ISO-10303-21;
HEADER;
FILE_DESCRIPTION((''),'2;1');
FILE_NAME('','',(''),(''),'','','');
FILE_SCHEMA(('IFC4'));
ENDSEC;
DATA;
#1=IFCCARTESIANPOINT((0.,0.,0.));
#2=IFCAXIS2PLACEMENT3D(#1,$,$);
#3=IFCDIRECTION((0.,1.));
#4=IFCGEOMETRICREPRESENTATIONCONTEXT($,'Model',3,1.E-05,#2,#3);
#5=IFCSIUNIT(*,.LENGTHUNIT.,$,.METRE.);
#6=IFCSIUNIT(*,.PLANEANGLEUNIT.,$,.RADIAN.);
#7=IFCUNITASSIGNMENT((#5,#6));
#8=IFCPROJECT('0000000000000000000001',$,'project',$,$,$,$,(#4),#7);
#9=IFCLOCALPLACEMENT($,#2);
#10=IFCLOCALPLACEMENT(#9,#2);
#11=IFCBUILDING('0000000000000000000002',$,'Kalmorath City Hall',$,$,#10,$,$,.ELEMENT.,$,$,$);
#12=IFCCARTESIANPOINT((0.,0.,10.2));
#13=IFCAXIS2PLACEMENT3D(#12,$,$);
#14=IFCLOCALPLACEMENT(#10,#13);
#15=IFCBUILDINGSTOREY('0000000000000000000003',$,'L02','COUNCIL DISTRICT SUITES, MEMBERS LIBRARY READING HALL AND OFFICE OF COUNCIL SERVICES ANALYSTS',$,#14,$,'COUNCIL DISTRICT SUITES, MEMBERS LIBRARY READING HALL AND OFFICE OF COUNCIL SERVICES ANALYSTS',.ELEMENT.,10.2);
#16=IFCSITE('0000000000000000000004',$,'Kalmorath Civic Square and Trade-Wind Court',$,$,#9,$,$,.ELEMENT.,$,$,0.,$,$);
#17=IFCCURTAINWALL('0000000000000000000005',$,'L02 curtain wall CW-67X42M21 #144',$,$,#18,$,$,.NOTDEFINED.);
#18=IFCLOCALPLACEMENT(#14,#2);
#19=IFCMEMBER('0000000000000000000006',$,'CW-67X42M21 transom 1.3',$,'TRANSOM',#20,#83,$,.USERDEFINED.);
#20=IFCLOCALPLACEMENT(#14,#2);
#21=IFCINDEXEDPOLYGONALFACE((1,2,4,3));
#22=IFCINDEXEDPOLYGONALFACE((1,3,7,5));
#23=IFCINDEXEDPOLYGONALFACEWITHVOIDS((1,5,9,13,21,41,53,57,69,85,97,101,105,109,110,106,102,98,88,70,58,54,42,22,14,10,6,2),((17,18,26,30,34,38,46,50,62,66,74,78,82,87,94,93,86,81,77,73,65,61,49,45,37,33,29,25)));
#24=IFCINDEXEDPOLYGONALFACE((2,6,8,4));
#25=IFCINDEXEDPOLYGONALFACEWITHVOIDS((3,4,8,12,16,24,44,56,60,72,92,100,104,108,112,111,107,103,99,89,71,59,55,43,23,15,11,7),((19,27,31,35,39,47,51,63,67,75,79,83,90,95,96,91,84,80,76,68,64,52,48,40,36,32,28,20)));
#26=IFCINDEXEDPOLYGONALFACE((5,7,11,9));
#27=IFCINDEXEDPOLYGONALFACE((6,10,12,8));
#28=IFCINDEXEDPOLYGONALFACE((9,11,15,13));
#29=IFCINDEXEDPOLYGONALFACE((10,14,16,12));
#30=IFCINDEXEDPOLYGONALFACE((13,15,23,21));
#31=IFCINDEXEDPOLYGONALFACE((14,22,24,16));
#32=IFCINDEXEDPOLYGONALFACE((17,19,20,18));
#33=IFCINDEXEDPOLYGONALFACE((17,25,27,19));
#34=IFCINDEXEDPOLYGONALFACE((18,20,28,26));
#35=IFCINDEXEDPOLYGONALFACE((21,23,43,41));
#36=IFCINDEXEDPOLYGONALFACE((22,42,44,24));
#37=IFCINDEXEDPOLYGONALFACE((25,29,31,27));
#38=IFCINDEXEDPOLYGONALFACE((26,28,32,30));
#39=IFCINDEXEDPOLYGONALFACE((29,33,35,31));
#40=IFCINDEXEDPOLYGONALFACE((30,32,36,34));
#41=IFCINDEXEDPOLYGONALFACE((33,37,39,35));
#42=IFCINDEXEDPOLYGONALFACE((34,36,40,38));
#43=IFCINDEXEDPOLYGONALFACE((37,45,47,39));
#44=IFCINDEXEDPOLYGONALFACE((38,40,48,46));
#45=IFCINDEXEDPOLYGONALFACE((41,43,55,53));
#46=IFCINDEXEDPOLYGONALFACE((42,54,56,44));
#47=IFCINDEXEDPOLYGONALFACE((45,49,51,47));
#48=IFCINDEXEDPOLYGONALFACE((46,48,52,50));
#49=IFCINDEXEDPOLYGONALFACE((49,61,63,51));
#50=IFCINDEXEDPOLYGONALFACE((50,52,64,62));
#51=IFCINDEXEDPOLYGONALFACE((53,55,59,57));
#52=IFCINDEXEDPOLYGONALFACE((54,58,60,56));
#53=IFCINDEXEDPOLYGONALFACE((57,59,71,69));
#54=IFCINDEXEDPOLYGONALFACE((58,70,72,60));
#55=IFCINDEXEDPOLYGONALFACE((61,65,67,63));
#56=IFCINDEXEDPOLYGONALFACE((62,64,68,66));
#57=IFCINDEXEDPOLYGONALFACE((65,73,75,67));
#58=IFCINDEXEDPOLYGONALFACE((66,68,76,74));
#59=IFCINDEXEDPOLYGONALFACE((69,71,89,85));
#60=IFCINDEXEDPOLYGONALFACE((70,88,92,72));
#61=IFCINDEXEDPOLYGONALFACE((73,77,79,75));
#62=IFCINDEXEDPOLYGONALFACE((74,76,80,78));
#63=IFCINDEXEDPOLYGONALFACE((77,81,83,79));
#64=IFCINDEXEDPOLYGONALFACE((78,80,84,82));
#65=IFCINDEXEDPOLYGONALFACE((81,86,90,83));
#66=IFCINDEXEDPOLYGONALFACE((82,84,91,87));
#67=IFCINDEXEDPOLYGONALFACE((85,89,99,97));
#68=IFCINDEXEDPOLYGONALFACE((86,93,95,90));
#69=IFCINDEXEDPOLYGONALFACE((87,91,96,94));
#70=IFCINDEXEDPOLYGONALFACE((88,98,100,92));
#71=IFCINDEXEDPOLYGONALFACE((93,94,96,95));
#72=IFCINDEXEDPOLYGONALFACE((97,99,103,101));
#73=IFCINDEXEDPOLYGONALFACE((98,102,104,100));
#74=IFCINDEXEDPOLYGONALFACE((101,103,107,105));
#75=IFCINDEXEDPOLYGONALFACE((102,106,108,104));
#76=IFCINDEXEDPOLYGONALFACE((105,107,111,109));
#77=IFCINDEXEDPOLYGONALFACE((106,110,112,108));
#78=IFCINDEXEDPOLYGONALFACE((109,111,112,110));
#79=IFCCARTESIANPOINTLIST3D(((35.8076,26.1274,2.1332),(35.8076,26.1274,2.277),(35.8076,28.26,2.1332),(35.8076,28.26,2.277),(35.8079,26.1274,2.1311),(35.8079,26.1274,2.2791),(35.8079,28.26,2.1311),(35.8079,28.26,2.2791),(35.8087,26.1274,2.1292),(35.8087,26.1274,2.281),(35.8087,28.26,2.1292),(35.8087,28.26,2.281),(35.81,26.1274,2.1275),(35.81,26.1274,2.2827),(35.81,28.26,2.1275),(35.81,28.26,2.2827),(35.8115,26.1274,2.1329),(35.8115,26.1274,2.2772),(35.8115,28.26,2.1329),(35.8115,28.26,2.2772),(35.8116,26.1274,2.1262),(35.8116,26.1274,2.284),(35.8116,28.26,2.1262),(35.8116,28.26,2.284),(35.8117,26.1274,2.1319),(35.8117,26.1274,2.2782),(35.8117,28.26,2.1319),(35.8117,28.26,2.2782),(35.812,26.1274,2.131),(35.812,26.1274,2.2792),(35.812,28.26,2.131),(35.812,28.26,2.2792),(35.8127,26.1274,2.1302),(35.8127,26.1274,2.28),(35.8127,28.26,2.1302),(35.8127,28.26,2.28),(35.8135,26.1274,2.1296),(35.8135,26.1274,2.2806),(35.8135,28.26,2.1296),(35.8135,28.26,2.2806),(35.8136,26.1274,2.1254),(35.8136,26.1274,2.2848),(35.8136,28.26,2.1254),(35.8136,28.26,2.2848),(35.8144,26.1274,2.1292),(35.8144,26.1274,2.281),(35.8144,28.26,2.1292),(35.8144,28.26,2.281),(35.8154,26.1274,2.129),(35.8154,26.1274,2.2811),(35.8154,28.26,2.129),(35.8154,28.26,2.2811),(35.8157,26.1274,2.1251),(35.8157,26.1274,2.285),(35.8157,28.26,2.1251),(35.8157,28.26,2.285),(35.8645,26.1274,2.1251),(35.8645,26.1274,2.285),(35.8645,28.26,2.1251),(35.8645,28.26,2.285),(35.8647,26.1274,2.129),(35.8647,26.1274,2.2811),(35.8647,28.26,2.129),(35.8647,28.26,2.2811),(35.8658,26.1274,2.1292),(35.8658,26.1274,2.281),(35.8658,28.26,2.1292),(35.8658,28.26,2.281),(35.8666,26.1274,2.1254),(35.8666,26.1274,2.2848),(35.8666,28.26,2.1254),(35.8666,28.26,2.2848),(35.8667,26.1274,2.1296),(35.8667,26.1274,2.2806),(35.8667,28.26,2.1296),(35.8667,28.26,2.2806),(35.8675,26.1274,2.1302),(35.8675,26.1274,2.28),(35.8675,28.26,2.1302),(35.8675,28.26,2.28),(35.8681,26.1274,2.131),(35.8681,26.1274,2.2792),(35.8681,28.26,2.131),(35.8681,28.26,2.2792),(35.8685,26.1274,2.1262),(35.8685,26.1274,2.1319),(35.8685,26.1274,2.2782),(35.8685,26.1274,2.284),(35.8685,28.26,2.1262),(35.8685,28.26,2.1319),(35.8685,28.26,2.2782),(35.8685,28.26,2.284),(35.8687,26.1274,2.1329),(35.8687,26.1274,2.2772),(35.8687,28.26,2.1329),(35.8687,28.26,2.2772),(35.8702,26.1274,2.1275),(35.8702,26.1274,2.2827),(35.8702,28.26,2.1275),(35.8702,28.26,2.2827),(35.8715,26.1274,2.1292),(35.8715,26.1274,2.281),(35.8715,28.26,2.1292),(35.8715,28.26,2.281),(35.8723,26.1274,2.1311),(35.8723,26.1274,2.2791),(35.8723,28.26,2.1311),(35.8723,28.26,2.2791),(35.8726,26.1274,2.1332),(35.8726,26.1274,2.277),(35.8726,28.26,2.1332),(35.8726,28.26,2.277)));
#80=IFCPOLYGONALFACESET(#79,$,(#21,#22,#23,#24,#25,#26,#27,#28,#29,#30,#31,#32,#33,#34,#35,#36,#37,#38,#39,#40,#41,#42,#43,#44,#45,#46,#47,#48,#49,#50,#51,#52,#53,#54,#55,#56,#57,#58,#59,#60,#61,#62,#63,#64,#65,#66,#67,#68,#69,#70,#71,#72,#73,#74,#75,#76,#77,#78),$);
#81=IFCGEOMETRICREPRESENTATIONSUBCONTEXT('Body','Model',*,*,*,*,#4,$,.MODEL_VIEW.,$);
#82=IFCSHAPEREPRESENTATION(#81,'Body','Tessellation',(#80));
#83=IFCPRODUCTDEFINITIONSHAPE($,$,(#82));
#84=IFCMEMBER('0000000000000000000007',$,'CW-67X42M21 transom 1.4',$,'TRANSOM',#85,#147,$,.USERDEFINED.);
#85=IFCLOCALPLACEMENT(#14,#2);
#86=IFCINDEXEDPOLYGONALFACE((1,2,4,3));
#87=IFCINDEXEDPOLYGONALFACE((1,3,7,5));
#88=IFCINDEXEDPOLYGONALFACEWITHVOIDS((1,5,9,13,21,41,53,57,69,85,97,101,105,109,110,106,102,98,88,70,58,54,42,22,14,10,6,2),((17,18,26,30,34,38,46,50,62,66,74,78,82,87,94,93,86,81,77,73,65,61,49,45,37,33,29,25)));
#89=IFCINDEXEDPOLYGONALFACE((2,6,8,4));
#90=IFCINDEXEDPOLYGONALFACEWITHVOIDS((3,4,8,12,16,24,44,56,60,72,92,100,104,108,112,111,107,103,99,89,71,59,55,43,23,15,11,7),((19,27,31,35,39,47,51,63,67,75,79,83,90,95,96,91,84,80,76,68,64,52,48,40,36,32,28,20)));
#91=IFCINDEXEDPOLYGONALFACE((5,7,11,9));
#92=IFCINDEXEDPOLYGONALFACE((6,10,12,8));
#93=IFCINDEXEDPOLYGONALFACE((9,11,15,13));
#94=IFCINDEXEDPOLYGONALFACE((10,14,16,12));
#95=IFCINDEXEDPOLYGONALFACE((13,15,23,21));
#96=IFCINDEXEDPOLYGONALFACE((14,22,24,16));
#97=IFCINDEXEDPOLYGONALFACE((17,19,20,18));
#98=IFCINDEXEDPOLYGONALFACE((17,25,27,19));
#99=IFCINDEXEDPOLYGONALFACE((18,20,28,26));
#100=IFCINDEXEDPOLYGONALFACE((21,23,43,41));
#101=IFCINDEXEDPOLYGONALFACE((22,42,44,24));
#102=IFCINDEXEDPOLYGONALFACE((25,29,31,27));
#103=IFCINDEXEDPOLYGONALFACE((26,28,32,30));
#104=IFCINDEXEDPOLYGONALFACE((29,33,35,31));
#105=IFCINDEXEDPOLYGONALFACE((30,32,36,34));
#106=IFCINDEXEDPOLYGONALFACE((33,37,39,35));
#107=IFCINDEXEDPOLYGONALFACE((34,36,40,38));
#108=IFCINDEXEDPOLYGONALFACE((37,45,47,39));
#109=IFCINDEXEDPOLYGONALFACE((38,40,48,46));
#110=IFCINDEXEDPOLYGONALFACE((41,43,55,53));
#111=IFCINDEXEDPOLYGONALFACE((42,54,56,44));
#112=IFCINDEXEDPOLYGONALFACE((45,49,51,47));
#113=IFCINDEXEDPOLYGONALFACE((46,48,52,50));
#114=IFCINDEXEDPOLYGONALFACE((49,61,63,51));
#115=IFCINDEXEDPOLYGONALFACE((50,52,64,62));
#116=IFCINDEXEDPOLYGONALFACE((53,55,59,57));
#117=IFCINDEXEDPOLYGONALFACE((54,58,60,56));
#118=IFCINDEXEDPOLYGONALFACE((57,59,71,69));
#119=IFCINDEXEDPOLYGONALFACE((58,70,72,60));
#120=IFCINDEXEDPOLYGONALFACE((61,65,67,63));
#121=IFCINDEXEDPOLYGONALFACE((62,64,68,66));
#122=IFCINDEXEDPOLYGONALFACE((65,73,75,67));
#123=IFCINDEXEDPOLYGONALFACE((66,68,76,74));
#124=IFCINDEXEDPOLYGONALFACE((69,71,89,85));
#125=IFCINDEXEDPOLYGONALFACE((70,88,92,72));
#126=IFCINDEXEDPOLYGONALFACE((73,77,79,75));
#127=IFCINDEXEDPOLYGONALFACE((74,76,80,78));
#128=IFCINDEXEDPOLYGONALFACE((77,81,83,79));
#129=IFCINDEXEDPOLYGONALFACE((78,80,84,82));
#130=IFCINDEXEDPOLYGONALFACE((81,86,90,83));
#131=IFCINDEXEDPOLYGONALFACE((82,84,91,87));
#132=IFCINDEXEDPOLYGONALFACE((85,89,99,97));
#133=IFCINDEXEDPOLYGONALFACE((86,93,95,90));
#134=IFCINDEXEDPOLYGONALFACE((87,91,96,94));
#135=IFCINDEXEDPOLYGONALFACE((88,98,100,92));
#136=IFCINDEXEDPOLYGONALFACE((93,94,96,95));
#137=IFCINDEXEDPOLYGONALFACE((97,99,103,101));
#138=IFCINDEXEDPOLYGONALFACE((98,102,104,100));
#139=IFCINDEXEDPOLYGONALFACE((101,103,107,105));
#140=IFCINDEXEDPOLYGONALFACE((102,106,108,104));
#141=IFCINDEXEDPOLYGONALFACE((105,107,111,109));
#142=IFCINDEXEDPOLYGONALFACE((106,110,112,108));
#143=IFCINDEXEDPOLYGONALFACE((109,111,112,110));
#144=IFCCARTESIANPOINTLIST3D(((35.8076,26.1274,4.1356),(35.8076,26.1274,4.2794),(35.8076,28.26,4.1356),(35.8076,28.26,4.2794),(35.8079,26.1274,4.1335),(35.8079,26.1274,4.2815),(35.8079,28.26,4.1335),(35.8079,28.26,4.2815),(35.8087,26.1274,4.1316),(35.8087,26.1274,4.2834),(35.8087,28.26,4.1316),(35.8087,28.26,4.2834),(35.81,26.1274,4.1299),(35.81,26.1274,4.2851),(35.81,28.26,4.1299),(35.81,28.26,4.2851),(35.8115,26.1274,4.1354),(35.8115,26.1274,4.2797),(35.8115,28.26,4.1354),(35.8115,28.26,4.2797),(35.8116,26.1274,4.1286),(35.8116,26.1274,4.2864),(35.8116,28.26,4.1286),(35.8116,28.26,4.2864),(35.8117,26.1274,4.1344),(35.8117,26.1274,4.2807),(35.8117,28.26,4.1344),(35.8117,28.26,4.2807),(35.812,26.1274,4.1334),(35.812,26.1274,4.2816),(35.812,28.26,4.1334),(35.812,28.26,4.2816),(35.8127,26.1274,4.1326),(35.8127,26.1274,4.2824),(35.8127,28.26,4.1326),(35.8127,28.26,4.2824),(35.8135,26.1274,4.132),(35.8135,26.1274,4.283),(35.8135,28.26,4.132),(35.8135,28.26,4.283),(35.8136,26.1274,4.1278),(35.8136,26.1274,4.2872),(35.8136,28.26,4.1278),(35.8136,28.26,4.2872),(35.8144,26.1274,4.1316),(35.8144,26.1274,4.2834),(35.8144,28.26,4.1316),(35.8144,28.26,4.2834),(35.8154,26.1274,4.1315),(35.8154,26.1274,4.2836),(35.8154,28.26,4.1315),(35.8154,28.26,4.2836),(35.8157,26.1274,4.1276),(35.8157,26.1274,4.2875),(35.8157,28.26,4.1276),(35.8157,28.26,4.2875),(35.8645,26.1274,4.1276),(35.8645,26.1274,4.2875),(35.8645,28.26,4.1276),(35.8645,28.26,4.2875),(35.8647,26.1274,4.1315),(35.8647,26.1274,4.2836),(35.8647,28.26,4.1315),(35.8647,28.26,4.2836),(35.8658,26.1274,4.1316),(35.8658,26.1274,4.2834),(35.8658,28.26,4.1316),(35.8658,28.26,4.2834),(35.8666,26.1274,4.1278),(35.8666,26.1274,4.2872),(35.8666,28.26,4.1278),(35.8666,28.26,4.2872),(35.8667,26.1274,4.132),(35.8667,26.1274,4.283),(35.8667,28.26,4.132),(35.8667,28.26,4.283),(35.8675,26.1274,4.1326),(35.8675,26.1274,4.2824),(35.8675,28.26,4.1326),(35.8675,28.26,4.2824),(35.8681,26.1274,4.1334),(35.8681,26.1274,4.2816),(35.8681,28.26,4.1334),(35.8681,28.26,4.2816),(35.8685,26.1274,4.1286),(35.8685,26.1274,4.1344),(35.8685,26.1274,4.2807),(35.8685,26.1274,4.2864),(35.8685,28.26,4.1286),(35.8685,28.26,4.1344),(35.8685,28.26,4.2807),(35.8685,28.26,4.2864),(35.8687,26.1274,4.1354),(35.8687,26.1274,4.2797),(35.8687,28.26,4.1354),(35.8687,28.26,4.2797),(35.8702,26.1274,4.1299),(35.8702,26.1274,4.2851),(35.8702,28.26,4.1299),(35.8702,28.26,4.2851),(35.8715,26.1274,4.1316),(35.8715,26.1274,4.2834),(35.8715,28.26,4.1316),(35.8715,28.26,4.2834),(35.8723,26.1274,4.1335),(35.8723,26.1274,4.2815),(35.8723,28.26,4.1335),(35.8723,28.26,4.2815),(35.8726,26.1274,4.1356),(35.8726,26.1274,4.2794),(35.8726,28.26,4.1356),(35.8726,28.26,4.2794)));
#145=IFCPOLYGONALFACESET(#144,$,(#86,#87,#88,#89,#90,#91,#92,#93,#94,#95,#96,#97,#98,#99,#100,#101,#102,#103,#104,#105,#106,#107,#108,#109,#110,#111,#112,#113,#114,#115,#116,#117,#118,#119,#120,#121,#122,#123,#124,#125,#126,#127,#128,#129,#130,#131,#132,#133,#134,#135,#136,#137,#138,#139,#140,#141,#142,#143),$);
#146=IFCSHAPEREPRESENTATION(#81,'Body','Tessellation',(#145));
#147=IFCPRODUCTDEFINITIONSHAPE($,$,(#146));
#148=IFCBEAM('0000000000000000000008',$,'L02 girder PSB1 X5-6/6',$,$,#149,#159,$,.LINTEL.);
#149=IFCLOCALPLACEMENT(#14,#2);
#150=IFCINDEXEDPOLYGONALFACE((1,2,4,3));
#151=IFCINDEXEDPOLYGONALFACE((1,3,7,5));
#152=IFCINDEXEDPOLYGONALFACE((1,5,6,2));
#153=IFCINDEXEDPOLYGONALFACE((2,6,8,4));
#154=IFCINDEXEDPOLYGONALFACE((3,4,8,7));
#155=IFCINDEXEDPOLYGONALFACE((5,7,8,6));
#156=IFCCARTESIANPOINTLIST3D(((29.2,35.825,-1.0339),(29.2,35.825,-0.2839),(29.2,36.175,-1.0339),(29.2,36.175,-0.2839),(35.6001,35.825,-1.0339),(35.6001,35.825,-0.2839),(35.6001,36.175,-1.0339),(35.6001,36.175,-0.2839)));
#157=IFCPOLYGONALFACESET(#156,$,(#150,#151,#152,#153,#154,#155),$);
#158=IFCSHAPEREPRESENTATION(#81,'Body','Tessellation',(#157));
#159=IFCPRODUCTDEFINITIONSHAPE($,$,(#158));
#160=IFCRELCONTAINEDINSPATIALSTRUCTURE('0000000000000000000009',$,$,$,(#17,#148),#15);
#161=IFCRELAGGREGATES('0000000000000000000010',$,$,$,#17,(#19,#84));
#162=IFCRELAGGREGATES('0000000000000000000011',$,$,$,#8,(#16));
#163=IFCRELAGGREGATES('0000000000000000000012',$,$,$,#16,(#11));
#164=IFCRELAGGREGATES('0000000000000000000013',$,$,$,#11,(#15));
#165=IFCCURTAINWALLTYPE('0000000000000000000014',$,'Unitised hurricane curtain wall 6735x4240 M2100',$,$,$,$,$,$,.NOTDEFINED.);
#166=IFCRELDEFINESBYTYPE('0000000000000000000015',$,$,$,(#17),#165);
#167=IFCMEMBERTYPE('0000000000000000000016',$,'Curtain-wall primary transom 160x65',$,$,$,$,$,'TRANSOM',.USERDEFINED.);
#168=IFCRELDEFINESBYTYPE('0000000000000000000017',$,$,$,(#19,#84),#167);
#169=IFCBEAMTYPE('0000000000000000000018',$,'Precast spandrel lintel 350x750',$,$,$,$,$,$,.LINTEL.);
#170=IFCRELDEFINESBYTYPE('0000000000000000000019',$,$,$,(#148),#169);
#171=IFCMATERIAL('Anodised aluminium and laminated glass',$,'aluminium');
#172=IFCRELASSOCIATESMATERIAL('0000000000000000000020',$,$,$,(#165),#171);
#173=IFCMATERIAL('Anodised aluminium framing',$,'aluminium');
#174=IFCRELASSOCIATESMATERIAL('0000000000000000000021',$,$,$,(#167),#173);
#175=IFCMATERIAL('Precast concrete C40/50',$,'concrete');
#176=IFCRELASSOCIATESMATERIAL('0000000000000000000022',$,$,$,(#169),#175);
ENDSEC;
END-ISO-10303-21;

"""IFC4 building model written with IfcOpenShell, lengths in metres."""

from ifc_helpers import new_model, si_unit, direction, frame, origin, origin_2d, place, context, subcontext, project, spatial, rectangle, hollow_rectangle, extrude, material, material_profile, profile_set, type_object, element, aggregate, save


model = new_model("IFC4")

# Units and contexts
model_context = context("Model", 3, precision=1e-05, world=origin(), true_north=direction((0.0, 1.0)))
body_context = subcontext(model_context, "Body", "Model", "MODEL_VIEW")
ifc_project = project(units=[si_unit("LENGTHUNIT", "METRE"), si_unit("PLANEANGLEUNIT", "RADIAN")], contexts=[model_context])

# Site, building, storey
site_placement = place(None, origin())
site = spatial("IfcSite", under=ifc_project, at=site_placement, Name="Kalmorath Civic Square and Trade-Wind Court", CompositionType="ELEMENT", RefElevation=0.0)
building_placement = place(site_placement, origin())
building = spatial("IfcBuilding", under=site, at=building_placement, Name="Kalmorath City Hall", CompositionType="ELEMENT")
storey_placement = place(building_placement, frame((0.0, 0.0, 10.2)))
storey = spatial("IfcBuildingStorey", under=building, at=storey_placement, Name="L02", Description="COUNCIL DISTRICT SUITES, MEMBERS LIBRARY READING HALL AND OFFICE OF COUNCIL SERVICES ANALYSTS", LongName="COUNCIL DISTRICT SUITES, MEMBERS LIBRARY READING HALL AND OFFICE OF COUNCIL SERVICES ANALYSTS", CompositionType="ELEMENT", Elevation=10.2)

# Curtain wall, members
ifc_material_1 = material(Name="Anodised aluminium and laminated glass", Category="aluminium")
curtain_wall_type = type_object("IfcCurtainWallType", Name="Unitised hurricane curtain wall 6735x4240 M2100", PredefinedType="NOTDEFINED", material=ifc_material_1)
curtain_wall_placement = place(storey_placement, origin())
curtain_wall = element("IfcCurtainWall", 1, at=curtain_wall_placement, inside=storey, type_object=curtain_wall_type, Name="L02 curtain wall CW-67X42M21 #144", PredefinedType="NOTDEFINED")
ifc_material_2 = material(Name="Anodised aluminium framing", Category="aluminium")
ifc_material_profile_1 = material_profile(ifc_material_2, hollow_rectangle(XDim=0.0649, YDim=0.1599, WallThickness=0.0039, InnerFilletRadius=0.0039, OuterFilletRadius=0.0081, at=origin_2d()), Name="ALU-TRN-160X65X4")
ifc_profile_set_1 = profile_set([ifc_material_profile_1], Name="Anodised aluminium framing")
member_type = type_object("IfcMemberType", Name="Curtain-wall primary transom 160x65", ElementType="TRANSOM", PredefinedType="USERDEFINED", material=ifc_profile_set_1)
member_1_placement = place(storey_placement, frame((35.8401, 28.26, 2.2051), z_axis=(0.0, -1.0, 0.0), x_axis=(1.0, 0.0, 0.0)))
member_1 = element("IfcMember", 2, at=member_1_placement, type_object=member_type, Name="CW-67X42M21 transom 1.3", ObjectType="TRANSOM", PredefinedType="USERDEFINED", context=body_context, shape_type="SweptSolid", body=[
    extrude(hollow_rectangle(XDim=0.0649, YDim=0.1599, WallThickness=0.0039, InnerFilletRadius=0.0039, OuterFilletRadius=0.0081, at=origin_2d()), origin(), (0.0, 0.0, 1.0), 2.1326),
])
member_2_placement = place(storey_placement, frame((35.8401, 28.26, 4.2075), z_axis=(0.0, -1.0, 0.0), x_axis=(1.0, 0.0, 0.0)))
member_2 = element("IfcMember", 3, at=member_2_placement, type_object=member_type, Name="CW-67X42M21 transom 1.4", ObjectType="TRANSOM", PredefinedType="USERDEFINED", context=body_context, shape_type="SweptSolid", body=[
    extrude(hollow_rectangle(XDim=0.0649, YDim=0.1599, WallThickness=0.0039, InnerFilletRadius=0.0039, OuterFilletRadius=0.0081, at=origin_2d()), origin(), (0.0, 0.0, 1.0), 2.1326),
])

# Beam
ifc_material_3 = material(Name="Precast concrete C40/50", Category="concrete")
ifc_material_profile_2 = material_profile(ifc_material_3, rectangle(XDim=0.3501, YDim=0.75, at=origin_2d()), Name="PC-SP-350X750")
ifc_profile_set_2 = profile_set([ifc_material_profile_2], Name="Precast concrete C40/50")
beam_type_1 = type_object("IfcBeamType", Name="Precast spandrel lintel 350x750", PredefinedType="LINTEL", material=ifc_profile_set_2)
beam_1_placement = place(storey_placement, frame((29.2, 36.0, -0.6589), z_axis=(1.0, 0.0, 0.0), x_axis=(0.0, 1.0, 0.0)))
element("IfcBeam", 4, at=beam_1_placement, inside=storey, type_object=beam_type_1, Name="L02 girder PSB1 X5-6/6", PredefinedType="LINTEL", context=body_context, shape_type="SweptSolid", body=[
    extrude(rectangle(XDim=0.3501, YDim=0.75, at=origin_2d()), origin(), (0.0, 0.0, 1.0), 6.4001),
])

aggregate(curtain_wall, [member_1, member_2])

save(model, "model.ifc")
